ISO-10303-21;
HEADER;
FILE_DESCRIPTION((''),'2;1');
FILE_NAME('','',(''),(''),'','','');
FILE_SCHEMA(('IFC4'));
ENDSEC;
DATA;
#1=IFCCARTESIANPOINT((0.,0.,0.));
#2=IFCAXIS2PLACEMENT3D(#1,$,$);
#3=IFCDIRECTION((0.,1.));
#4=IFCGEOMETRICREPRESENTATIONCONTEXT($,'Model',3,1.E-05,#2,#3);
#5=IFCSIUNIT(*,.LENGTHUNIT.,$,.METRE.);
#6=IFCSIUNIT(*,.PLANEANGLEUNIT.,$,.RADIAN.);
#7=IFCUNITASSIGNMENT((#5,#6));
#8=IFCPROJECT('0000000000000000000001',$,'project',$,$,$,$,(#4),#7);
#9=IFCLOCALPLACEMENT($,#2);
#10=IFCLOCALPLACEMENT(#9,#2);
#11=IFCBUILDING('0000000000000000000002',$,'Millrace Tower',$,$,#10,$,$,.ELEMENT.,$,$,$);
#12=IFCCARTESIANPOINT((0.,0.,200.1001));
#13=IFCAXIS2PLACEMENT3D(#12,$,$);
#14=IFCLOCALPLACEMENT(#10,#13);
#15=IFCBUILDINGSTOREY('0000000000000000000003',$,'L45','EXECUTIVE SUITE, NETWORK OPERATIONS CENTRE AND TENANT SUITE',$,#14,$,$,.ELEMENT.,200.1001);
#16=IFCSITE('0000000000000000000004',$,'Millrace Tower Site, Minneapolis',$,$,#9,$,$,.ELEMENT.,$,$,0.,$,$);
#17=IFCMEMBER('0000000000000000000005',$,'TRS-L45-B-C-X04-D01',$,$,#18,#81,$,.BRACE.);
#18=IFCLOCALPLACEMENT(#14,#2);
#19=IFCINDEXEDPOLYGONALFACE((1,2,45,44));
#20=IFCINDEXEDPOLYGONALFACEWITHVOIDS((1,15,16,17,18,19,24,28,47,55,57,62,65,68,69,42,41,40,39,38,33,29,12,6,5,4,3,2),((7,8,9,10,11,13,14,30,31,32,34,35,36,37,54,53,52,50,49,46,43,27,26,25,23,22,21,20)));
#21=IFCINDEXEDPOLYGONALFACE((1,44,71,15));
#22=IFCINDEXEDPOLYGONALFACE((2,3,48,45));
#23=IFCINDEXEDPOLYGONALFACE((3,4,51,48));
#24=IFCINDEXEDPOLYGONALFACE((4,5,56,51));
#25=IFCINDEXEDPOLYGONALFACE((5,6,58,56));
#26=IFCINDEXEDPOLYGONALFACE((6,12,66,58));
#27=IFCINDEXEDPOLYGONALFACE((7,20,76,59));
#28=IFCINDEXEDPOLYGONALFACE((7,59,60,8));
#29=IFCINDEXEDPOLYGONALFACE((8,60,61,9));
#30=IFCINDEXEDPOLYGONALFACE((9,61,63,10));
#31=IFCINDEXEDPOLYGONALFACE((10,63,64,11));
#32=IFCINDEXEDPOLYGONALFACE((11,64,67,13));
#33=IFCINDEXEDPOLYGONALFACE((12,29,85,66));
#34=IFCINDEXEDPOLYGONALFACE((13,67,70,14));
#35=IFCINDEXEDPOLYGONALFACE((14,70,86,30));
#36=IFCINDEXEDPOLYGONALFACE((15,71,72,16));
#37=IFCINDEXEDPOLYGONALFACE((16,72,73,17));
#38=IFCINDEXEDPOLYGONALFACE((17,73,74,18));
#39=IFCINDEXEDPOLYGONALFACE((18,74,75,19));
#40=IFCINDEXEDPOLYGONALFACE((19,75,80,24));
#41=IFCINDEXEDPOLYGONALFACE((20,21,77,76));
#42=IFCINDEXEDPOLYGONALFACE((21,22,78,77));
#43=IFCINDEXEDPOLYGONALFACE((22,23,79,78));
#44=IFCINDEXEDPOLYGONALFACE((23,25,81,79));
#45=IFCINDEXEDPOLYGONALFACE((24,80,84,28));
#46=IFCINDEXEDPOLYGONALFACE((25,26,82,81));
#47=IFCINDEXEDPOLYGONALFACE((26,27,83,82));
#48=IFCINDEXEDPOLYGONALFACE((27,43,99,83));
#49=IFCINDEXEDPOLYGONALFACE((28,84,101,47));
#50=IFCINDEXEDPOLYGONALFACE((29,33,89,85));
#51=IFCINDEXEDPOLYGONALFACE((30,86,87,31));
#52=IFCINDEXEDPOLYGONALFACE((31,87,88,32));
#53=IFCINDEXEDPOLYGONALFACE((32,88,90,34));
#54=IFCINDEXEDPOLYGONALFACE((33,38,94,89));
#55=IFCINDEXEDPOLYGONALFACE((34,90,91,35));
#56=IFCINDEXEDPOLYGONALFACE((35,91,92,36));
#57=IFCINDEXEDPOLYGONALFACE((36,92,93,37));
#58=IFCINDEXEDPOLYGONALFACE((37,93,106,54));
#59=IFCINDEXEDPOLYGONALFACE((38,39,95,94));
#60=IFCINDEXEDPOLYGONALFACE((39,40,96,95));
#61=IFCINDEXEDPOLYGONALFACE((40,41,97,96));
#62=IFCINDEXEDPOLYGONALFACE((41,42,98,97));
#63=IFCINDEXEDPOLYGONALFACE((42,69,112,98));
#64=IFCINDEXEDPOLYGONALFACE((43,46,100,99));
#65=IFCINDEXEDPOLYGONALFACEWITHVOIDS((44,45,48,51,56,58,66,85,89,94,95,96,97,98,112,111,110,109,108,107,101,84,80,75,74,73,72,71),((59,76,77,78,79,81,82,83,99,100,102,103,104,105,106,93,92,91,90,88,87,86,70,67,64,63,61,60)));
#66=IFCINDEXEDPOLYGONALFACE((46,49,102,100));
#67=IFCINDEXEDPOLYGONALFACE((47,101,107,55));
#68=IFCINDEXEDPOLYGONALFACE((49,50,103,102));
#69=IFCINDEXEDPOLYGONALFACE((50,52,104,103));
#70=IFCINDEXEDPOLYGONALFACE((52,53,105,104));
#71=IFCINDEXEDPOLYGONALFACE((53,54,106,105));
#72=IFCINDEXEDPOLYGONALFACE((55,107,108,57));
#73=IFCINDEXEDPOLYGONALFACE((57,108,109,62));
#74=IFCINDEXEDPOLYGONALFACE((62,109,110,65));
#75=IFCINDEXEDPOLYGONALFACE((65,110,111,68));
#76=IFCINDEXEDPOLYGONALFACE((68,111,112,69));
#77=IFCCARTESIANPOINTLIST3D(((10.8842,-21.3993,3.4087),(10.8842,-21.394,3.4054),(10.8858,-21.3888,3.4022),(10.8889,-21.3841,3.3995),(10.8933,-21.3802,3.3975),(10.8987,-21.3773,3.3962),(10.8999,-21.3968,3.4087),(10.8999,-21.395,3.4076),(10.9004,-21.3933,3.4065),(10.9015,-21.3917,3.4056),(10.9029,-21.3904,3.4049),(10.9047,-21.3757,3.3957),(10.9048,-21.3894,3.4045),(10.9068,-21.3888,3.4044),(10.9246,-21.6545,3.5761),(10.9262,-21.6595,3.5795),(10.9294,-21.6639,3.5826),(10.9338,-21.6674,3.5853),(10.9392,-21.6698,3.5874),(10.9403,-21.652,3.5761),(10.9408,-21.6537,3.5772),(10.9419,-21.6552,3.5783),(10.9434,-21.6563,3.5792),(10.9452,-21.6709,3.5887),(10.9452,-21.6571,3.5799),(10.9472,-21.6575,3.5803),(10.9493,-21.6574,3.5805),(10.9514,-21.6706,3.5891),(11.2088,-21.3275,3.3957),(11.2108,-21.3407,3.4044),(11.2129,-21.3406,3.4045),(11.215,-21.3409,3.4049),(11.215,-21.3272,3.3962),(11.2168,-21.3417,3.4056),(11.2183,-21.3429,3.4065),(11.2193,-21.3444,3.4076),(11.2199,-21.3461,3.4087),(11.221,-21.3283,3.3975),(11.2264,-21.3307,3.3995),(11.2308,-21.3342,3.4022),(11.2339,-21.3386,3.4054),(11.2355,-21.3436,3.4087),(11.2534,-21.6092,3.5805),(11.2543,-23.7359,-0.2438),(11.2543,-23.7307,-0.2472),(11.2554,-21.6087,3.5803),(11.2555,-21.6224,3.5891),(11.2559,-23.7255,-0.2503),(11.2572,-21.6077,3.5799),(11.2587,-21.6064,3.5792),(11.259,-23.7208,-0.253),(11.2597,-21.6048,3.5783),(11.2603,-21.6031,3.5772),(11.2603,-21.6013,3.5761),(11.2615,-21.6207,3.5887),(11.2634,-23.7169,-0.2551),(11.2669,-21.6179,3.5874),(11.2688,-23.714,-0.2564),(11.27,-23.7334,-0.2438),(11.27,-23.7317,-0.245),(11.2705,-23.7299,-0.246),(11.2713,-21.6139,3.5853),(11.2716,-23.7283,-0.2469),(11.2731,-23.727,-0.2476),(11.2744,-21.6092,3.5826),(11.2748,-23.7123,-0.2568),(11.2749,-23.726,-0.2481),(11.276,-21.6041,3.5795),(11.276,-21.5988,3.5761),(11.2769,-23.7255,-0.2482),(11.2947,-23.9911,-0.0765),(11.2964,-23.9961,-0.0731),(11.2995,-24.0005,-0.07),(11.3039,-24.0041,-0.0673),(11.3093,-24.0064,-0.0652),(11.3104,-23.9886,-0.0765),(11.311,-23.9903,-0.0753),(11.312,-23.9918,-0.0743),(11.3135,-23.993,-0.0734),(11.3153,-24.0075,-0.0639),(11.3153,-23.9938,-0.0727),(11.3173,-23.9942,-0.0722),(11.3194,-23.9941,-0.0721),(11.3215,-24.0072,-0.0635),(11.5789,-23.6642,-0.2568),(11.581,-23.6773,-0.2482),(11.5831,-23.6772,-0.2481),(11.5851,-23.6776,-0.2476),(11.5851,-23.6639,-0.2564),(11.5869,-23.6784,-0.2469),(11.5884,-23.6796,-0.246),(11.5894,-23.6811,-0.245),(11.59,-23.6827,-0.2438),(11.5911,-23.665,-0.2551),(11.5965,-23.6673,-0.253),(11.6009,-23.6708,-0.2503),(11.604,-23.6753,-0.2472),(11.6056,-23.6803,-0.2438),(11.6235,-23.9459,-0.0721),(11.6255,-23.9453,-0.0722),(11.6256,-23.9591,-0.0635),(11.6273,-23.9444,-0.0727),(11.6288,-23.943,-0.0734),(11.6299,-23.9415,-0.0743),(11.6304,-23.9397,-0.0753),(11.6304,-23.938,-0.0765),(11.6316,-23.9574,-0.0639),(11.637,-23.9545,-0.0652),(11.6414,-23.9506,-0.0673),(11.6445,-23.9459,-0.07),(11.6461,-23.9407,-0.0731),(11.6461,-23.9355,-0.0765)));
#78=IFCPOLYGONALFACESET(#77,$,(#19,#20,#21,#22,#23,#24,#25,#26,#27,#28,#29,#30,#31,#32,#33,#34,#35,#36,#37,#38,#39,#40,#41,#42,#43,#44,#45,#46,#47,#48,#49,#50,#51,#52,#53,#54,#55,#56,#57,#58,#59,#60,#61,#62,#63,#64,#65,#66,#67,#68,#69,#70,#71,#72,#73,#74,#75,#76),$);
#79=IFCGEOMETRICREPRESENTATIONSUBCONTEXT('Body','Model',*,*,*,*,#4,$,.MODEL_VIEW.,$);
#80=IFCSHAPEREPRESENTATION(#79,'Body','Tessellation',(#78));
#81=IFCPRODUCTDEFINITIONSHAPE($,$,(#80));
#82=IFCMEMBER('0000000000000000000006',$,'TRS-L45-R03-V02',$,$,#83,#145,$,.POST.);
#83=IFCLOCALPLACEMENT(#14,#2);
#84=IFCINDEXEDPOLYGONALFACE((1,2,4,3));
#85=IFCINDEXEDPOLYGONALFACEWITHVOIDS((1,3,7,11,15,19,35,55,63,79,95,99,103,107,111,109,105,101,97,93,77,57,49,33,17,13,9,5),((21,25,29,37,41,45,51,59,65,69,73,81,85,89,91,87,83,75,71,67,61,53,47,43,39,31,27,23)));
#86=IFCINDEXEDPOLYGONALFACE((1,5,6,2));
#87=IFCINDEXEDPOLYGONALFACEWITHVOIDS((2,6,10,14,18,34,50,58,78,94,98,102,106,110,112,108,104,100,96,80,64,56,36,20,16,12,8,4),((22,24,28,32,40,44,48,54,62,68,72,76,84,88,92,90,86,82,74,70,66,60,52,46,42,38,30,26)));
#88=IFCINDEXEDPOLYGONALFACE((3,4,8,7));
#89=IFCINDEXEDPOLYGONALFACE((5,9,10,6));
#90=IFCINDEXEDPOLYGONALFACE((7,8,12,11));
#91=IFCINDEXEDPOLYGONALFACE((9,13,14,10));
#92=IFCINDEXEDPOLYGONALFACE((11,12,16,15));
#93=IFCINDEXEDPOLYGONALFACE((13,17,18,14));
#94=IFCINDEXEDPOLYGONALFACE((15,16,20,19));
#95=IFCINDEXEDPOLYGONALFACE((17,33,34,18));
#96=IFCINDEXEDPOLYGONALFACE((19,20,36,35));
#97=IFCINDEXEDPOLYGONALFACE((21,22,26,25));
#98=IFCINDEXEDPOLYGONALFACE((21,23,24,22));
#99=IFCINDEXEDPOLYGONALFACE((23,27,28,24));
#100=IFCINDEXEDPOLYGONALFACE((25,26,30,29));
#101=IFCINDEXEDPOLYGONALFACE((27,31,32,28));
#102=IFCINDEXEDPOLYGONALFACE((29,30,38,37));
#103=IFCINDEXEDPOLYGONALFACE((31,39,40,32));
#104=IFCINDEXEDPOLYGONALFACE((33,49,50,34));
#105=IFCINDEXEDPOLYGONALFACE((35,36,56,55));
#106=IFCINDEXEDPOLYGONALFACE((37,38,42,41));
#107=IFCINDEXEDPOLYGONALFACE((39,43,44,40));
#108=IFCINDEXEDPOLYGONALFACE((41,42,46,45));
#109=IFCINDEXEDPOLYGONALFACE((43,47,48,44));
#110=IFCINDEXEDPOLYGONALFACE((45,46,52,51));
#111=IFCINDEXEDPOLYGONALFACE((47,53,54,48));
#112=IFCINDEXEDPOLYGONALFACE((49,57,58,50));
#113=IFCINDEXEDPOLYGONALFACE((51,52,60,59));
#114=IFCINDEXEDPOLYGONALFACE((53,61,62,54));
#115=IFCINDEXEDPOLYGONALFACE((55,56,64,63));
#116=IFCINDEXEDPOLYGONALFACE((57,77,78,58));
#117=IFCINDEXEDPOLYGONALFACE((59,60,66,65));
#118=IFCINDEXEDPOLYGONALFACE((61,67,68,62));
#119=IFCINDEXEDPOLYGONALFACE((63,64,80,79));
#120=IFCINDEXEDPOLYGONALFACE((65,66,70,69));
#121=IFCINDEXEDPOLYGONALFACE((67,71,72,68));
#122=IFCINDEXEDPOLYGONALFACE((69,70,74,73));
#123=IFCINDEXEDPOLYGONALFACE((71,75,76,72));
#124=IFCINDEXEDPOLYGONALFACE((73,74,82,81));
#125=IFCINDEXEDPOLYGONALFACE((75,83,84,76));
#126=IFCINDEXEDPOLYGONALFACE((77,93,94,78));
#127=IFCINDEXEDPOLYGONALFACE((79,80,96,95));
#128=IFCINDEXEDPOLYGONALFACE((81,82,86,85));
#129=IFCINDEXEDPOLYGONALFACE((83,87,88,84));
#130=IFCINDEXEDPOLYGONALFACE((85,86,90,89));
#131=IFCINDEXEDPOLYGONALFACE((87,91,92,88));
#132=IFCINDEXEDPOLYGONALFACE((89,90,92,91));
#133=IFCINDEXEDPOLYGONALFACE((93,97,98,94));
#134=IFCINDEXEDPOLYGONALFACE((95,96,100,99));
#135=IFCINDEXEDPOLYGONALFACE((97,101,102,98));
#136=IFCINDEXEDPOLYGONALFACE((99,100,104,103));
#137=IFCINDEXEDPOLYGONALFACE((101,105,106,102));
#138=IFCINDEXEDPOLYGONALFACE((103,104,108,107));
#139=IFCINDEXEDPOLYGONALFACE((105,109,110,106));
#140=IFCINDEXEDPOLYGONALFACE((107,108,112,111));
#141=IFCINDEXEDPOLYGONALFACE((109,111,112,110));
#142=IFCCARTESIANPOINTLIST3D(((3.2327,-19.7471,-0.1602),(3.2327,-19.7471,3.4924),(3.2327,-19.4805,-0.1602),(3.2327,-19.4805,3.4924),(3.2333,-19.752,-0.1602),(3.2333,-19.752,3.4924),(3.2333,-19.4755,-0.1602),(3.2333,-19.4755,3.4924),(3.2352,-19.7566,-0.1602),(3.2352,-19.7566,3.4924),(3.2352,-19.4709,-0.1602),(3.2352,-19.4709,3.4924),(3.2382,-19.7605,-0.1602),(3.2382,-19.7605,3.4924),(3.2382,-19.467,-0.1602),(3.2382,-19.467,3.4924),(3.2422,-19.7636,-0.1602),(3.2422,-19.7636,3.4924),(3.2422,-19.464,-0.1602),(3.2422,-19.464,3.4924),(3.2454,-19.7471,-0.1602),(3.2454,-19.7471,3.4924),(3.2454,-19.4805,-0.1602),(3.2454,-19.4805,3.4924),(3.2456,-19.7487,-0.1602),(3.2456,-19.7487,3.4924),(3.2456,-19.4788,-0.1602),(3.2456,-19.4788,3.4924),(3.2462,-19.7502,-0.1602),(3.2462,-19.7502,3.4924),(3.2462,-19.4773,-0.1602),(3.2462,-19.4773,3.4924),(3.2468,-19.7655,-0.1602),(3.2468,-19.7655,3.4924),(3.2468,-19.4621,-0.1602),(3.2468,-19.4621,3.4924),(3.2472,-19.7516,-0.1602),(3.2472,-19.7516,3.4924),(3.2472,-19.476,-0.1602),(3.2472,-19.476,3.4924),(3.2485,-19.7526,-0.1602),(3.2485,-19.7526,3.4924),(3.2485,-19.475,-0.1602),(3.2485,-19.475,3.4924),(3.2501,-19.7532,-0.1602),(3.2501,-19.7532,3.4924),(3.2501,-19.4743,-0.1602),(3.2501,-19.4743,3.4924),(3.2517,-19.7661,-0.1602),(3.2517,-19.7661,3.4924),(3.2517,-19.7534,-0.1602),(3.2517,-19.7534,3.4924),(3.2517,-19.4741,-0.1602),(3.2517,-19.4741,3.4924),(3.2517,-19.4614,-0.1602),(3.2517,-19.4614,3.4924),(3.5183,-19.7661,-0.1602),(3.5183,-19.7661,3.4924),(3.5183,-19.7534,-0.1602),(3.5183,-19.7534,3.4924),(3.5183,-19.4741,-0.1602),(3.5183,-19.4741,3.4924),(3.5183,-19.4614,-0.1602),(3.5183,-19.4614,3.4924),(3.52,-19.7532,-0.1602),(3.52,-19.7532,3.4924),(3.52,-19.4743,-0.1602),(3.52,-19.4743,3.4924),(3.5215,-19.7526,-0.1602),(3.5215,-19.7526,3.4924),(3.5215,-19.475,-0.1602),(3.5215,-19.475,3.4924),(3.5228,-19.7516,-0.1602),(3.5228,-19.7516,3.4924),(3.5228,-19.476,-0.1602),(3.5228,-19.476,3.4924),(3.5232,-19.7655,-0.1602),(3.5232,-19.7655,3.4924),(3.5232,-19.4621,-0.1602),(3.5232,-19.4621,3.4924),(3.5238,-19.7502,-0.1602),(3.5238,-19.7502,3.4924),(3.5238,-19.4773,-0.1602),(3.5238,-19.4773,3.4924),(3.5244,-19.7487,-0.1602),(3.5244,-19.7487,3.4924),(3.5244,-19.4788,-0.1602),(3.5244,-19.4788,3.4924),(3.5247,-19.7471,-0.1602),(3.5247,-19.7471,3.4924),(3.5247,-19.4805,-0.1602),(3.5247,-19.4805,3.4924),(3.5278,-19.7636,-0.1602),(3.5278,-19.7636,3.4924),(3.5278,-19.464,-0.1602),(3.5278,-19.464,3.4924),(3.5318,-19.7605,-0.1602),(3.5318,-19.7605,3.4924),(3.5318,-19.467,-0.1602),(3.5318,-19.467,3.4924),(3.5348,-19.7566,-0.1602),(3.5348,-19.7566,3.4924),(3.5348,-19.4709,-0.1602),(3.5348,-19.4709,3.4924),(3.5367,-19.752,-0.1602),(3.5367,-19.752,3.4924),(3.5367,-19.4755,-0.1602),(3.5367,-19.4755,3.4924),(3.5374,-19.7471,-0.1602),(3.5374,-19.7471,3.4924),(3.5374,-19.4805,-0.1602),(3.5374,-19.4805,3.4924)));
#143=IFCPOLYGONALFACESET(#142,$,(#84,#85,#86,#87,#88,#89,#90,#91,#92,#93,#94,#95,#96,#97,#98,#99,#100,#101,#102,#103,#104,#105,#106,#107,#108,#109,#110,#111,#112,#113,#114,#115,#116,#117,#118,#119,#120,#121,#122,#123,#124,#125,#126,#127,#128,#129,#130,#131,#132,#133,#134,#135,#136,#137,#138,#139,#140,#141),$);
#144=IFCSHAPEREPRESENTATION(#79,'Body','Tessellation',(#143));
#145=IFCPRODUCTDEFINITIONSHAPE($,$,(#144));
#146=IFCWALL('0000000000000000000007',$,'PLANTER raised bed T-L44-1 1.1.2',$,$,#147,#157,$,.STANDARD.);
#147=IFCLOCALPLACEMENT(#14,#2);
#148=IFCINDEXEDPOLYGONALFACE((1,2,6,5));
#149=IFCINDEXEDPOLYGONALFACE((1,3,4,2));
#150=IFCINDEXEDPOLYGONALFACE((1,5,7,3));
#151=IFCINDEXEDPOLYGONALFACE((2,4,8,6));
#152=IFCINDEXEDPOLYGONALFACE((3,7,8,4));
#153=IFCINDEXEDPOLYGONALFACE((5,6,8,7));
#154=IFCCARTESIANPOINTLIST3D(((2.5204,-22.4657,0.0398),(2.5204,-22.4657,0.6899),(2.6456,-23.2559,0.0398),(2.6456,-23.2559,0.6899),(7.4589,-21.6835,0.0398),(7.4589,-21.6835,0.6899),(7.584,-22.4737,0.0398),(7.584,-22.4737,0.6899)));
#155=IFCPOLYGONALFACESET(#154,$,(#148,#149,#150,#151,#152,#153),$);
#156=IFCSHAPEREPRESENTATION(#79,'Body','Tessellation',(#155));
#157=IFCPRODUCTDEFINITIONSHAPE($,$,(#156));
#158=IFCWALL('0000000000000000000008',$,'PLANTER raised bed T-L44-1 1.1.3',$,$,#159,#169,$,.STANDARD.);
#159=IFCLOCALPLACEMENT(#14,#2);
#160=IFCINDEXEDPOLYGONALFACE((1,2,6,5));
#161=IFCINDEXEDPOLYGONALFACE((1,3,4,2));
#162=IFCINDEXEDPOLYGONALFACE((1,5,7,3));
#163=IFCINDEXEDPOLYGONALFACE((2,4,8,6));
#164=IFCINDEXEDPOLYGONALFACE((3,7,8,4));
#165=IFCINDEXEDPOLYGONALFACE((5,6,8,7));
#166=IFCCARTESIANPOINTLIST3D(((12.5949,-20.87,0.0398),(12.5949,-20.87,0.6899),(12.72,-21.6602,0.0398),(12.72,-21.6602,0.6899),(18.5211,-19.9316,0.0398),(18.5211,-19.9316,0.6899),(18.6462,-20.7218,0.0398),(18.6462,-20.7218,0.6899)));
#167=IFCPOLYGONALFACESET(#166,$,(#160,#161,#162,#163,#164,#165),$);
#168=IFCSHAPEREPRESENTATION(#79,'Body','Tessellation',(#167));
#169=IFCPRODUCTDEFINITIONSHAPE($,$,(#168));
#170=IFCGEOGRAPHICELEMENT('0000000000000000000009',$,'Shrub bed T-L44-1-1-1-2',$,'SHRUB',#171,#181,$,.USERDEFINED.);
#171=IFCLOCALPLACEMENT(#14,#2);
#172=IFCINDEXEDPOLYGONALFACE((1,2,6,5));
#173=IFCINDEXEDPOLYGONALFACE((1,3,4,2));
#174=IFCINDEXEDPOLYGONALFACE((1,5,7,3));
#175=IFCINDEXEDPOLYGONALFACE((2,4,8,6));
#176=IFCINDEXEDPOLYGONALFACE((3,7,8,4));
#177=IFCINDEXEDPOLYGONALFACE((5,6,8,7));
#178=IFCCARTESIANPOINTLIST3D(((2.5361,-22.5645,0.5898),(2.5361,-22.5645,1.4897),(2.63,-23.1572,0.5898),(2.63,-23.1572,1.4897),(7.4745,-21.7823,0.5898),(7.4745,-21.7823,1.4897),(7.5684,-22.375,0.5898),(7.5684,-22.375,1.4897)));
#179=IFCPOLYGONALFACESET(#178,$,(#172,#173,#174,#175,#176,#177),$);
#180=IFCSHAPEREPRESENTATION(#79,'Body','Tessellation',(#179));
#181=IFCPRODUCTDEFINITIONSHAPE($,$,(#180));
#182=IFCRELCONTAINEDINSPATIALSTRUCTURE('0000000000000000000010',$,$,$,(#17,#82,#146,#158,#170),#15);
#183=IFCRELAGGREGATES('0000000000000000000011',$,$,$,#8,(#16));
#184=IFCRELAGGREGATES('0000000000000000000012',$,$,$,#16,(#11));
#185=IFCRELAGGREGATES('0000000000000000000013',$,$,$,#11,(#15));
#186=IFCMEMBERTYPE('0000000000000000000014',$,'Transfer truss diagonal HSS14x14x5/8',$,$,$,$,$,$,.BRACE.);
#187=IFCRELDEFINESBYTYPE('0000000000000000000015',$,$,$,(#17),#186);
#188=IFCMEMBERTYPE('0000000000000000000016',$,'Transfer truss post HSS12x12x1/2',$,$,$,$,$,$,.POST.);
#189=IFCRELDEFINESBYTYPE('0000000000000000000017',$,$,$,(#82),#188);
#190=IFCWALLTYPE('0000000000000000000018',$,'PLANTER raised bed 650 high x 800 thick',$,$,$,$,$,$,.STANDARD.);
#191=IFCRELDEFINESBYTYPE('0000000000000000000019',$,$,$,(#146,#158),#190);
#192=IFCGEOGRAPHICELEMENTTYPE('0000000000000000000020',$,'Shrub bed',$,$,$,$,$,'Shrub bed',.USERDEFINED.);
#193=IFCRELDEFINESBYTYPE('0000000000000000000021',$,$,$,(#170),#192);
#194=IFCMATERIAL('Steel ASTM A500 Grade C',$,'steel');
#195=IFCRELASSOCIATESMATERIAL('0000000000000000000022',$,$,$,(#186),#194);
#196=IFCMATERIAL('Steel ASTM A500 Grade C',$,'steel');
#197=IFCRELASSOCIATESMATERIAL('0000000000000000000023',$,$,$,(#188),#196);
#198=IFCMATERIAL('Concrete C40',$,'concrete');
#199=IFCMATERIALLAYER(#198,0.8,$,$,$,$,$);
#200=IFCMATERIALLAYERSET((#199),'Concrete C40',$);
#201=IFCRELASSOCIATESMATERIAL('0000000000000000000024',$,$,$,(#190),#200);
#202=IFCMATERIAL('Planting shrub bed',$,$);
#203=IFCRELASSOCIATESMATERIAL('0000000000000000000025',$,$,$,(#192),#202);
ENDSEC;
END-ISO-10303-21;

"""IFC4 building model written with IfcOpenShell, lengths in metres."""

from ifc_helpers import new_model, si_unit, direction, frame, frame_2d, origin, origin_2d, place, context, subcontext, project, spatial, rectangle, hollow_rectangle, extrude, material, layer, layer_set, material_profile, profile_set, type_object, element, save


model = new_model("IFC4")

# Units and contexts
model_context = context("Model", 3, precision=1e-05, world=origin(), true_north=direction((0.0, 1.0)))
body_context = subcontext(model_context, "Body", "Model", "MODEL_VIEW")
ifc_project = project(units=[si_unit("LENGTHUNIT", "METRE"), si_unit("PLANEANGLEUNIT", "RADIAN")], contexts=[model_context])

# Site, building, storey
site_placement = place(None, origin())
site = spatial("IfcSite", under=ifc_project, at=site_placement, Name="Millrace Tower Site, Minneapolis", CompositionType="ELEMENT", RefElevation=0.0)
building_placement = place(site_placement, origin())
building = spatial("IfcBuilding", under=site, at=building_placement, Name="Millrace Tower", CompositionType="ELEMENT")
storey_placement = place(building_placement, frame((0.0, 0.0, 200.1001)))
storey = spatial("IfcBuildingStorey", under=building, at=storey_placement, Name="L45", Description="EXECUTIVE SUITE, NETWORK OPERATIONS CENTRE AND TENANT SUITE", CompositionType="ELEMENT", Elevation=200.1001)

# Members
ifc_material_1 = material(Name="Steel ASTM A500 Grade C", Category="steel")
ifc_material_profile_1 = material_profile(ifc_material_1, hollow_rectangle(XDim=0.3557, YDim=0.3557, WallThickness=0.0159, InnerFilletRadius=0.0081, OuterFilletRadius=0.0239, at=origin_2d()))
ifc_profile_set_1 = profile_set([ifc_material_profile_1], Name="Steel ASTM A500 Grade C")
member_type_1 = type_object("IfcMemberType", Name="Transfer truss diagonal HSS14x14x5/8", PredefinedType="BRACE", material=ifc_profile_set_1)
member_1_placement = place(storey_placement, frame((11.4502, -23.8357, -0.1602), z_axis=(-0.085049, 0.53694, 0.839323), x_axis=(-0.987687, -0.156445, 0.0)))
element("IfcMember", 1, at=member_1_placement, inside=storey, type_object=member_type_1, Name="TRS-L45-B-C-X04-D01", PredefinedType="BRACE", context=body_context, shape_type="SweptSolid", body=[
    extrude(hollow_rectangle(XDim=0.3557, YDim=0.3557, WallThickness=0.0159, InnerFilletRadius=0.0081, OuterFilletRadius=0.0239, at=origin_2d()), origin(), (0.0, 0.0, 1.0), 4.3518),
])
ifc_material_2 = material(Name="Steel ASTM A500 Grade C", Category="steel")
ifc_material_profile_2 = material_profile(ifc_material_2, hollow_rectangle(XDim=0.3047, YDim=0.3047, WallThickness=0.0127, InnerFilletRadius=0.0063, OuterFilletRadius=0.019, at=origin_2d()))
ifc_profile_set_2 = profile_set([ifc_material_profile_2], Name="Steel ASTM A500 Grade C")
member_type_2 = type_object("IfcMemberType", Name="Transfer truss post HSS12x12x1/2", PredefinedType="POST", material=ifc_profile_set_2)
member_2_placement = place(storey_placement, frame((3.385, -19.6138, -0.1602), z_axis=(0.0, 0.0, 1.0), x_axis=(1.0, 0.0, 0.0)))
element("IfcMember", 2, at=member_2_placement, inside=storey, type_object=member_type_2, Name="TRS-L45-R03-V02", PredefinedType="POST", context=body_context, shape_type="SweptSolid", body=[
    extrude(hollow_rectangle(XDim=0.3047, YDim=0.3047, WallThickness=0.0127, InnerFilletRadius=0.0063, OuterFilletRadius=0.019, at=origin_2d()), origin(), (0.0, 0.0, 1.0), 3.6526),
])

# Walls
ifc_material_3 = material(Name="Concrete C40", Category="concrete")
ifc_layer_1 = layer(ifc_material_3, 0.8)
ifc_layer_set_1 = layer_set([ifc_layer_1], Name="Concrete C40")
wall_type = type_object("IfcWallType", Name="PLANTER raised bed 650 high x 800 thick", PredefinedType="STANDARD", material=ifc_layer_set_1)
wall_1_placement = place(storey_placement, frame((2.583, -22.8608, 0.0398), z_axis=(0.0, 0.0, 1.0), x_axis=(0.987687, 0.156444, 0.0)))
element("IfcWall", 3, at=wall_1_placement, inside=storey, type_object=wall_type, Name="PLANTER raised bed T-L44-1 1.1.2", PredefinedType="STANDARD", context=body_context, shape_type="SweptSolid", body=[
    extrude(rectangle(XDim=5.0, YDim=0.8, at=frame_2d((2.5, 0.0))), origin(), (0.0, 0.0, 1.0), 0.6501),
])
wall_2_placement = place(storey_placement, frame((12.6575, -21.2651, 0.0398), z_axis=(0.0, 0.0, 1.0), x_axis=(0.987692, 0.15641, 0.0)))
element("IfcWall", 4, at=wall_2_placement, inside=storey, type_object=wall_type, Name="PLANTER raised bed T-L44-1 1.1.3", PredefinedType="STANDARD", context=body_context, shape_type="SweptSolid", body=[
    extrude(rectangle(XDim=6.0, YDim=0.8, at=frame_2d((3.0, 0.0))), origin(), (0.0, 0.0, 1.0), 0.6501),
])

# Geographic element
ifc_material_4 = material(Name="Planting shrub bed")
geographic_element_type = type_object("IfcGeographicElementType", Name="Shrub bed", ElementType="Shrub bed", PredefinedType="USERDEFINED", material=ifc_material_4)
geographic_element_placement = place(storey_placement, frame((5.0522, -22.4697, 0.5898), z_axis=(0.0, 0.0, 1.0), x_axis=(0.987688, 0.156434, 0.0)))
element("IfcGeographicElement", 5, at=geographic_element_placement, inside=storey, type_object=geographic_element_type, Name="Shrub bed T-L44-1-1-1-2", ObjectType="SHRUB", PredefinedType="USERDEFINED", context=body_context, shape_type="SweptSolid", body=[
    extrude(rectangle(XDim=5.0, YDim=0.6001, at=origin_2d()), origin(), (0.0, 0.0, 1.0), 0.8999),
])

save(model, "model.ifc")
